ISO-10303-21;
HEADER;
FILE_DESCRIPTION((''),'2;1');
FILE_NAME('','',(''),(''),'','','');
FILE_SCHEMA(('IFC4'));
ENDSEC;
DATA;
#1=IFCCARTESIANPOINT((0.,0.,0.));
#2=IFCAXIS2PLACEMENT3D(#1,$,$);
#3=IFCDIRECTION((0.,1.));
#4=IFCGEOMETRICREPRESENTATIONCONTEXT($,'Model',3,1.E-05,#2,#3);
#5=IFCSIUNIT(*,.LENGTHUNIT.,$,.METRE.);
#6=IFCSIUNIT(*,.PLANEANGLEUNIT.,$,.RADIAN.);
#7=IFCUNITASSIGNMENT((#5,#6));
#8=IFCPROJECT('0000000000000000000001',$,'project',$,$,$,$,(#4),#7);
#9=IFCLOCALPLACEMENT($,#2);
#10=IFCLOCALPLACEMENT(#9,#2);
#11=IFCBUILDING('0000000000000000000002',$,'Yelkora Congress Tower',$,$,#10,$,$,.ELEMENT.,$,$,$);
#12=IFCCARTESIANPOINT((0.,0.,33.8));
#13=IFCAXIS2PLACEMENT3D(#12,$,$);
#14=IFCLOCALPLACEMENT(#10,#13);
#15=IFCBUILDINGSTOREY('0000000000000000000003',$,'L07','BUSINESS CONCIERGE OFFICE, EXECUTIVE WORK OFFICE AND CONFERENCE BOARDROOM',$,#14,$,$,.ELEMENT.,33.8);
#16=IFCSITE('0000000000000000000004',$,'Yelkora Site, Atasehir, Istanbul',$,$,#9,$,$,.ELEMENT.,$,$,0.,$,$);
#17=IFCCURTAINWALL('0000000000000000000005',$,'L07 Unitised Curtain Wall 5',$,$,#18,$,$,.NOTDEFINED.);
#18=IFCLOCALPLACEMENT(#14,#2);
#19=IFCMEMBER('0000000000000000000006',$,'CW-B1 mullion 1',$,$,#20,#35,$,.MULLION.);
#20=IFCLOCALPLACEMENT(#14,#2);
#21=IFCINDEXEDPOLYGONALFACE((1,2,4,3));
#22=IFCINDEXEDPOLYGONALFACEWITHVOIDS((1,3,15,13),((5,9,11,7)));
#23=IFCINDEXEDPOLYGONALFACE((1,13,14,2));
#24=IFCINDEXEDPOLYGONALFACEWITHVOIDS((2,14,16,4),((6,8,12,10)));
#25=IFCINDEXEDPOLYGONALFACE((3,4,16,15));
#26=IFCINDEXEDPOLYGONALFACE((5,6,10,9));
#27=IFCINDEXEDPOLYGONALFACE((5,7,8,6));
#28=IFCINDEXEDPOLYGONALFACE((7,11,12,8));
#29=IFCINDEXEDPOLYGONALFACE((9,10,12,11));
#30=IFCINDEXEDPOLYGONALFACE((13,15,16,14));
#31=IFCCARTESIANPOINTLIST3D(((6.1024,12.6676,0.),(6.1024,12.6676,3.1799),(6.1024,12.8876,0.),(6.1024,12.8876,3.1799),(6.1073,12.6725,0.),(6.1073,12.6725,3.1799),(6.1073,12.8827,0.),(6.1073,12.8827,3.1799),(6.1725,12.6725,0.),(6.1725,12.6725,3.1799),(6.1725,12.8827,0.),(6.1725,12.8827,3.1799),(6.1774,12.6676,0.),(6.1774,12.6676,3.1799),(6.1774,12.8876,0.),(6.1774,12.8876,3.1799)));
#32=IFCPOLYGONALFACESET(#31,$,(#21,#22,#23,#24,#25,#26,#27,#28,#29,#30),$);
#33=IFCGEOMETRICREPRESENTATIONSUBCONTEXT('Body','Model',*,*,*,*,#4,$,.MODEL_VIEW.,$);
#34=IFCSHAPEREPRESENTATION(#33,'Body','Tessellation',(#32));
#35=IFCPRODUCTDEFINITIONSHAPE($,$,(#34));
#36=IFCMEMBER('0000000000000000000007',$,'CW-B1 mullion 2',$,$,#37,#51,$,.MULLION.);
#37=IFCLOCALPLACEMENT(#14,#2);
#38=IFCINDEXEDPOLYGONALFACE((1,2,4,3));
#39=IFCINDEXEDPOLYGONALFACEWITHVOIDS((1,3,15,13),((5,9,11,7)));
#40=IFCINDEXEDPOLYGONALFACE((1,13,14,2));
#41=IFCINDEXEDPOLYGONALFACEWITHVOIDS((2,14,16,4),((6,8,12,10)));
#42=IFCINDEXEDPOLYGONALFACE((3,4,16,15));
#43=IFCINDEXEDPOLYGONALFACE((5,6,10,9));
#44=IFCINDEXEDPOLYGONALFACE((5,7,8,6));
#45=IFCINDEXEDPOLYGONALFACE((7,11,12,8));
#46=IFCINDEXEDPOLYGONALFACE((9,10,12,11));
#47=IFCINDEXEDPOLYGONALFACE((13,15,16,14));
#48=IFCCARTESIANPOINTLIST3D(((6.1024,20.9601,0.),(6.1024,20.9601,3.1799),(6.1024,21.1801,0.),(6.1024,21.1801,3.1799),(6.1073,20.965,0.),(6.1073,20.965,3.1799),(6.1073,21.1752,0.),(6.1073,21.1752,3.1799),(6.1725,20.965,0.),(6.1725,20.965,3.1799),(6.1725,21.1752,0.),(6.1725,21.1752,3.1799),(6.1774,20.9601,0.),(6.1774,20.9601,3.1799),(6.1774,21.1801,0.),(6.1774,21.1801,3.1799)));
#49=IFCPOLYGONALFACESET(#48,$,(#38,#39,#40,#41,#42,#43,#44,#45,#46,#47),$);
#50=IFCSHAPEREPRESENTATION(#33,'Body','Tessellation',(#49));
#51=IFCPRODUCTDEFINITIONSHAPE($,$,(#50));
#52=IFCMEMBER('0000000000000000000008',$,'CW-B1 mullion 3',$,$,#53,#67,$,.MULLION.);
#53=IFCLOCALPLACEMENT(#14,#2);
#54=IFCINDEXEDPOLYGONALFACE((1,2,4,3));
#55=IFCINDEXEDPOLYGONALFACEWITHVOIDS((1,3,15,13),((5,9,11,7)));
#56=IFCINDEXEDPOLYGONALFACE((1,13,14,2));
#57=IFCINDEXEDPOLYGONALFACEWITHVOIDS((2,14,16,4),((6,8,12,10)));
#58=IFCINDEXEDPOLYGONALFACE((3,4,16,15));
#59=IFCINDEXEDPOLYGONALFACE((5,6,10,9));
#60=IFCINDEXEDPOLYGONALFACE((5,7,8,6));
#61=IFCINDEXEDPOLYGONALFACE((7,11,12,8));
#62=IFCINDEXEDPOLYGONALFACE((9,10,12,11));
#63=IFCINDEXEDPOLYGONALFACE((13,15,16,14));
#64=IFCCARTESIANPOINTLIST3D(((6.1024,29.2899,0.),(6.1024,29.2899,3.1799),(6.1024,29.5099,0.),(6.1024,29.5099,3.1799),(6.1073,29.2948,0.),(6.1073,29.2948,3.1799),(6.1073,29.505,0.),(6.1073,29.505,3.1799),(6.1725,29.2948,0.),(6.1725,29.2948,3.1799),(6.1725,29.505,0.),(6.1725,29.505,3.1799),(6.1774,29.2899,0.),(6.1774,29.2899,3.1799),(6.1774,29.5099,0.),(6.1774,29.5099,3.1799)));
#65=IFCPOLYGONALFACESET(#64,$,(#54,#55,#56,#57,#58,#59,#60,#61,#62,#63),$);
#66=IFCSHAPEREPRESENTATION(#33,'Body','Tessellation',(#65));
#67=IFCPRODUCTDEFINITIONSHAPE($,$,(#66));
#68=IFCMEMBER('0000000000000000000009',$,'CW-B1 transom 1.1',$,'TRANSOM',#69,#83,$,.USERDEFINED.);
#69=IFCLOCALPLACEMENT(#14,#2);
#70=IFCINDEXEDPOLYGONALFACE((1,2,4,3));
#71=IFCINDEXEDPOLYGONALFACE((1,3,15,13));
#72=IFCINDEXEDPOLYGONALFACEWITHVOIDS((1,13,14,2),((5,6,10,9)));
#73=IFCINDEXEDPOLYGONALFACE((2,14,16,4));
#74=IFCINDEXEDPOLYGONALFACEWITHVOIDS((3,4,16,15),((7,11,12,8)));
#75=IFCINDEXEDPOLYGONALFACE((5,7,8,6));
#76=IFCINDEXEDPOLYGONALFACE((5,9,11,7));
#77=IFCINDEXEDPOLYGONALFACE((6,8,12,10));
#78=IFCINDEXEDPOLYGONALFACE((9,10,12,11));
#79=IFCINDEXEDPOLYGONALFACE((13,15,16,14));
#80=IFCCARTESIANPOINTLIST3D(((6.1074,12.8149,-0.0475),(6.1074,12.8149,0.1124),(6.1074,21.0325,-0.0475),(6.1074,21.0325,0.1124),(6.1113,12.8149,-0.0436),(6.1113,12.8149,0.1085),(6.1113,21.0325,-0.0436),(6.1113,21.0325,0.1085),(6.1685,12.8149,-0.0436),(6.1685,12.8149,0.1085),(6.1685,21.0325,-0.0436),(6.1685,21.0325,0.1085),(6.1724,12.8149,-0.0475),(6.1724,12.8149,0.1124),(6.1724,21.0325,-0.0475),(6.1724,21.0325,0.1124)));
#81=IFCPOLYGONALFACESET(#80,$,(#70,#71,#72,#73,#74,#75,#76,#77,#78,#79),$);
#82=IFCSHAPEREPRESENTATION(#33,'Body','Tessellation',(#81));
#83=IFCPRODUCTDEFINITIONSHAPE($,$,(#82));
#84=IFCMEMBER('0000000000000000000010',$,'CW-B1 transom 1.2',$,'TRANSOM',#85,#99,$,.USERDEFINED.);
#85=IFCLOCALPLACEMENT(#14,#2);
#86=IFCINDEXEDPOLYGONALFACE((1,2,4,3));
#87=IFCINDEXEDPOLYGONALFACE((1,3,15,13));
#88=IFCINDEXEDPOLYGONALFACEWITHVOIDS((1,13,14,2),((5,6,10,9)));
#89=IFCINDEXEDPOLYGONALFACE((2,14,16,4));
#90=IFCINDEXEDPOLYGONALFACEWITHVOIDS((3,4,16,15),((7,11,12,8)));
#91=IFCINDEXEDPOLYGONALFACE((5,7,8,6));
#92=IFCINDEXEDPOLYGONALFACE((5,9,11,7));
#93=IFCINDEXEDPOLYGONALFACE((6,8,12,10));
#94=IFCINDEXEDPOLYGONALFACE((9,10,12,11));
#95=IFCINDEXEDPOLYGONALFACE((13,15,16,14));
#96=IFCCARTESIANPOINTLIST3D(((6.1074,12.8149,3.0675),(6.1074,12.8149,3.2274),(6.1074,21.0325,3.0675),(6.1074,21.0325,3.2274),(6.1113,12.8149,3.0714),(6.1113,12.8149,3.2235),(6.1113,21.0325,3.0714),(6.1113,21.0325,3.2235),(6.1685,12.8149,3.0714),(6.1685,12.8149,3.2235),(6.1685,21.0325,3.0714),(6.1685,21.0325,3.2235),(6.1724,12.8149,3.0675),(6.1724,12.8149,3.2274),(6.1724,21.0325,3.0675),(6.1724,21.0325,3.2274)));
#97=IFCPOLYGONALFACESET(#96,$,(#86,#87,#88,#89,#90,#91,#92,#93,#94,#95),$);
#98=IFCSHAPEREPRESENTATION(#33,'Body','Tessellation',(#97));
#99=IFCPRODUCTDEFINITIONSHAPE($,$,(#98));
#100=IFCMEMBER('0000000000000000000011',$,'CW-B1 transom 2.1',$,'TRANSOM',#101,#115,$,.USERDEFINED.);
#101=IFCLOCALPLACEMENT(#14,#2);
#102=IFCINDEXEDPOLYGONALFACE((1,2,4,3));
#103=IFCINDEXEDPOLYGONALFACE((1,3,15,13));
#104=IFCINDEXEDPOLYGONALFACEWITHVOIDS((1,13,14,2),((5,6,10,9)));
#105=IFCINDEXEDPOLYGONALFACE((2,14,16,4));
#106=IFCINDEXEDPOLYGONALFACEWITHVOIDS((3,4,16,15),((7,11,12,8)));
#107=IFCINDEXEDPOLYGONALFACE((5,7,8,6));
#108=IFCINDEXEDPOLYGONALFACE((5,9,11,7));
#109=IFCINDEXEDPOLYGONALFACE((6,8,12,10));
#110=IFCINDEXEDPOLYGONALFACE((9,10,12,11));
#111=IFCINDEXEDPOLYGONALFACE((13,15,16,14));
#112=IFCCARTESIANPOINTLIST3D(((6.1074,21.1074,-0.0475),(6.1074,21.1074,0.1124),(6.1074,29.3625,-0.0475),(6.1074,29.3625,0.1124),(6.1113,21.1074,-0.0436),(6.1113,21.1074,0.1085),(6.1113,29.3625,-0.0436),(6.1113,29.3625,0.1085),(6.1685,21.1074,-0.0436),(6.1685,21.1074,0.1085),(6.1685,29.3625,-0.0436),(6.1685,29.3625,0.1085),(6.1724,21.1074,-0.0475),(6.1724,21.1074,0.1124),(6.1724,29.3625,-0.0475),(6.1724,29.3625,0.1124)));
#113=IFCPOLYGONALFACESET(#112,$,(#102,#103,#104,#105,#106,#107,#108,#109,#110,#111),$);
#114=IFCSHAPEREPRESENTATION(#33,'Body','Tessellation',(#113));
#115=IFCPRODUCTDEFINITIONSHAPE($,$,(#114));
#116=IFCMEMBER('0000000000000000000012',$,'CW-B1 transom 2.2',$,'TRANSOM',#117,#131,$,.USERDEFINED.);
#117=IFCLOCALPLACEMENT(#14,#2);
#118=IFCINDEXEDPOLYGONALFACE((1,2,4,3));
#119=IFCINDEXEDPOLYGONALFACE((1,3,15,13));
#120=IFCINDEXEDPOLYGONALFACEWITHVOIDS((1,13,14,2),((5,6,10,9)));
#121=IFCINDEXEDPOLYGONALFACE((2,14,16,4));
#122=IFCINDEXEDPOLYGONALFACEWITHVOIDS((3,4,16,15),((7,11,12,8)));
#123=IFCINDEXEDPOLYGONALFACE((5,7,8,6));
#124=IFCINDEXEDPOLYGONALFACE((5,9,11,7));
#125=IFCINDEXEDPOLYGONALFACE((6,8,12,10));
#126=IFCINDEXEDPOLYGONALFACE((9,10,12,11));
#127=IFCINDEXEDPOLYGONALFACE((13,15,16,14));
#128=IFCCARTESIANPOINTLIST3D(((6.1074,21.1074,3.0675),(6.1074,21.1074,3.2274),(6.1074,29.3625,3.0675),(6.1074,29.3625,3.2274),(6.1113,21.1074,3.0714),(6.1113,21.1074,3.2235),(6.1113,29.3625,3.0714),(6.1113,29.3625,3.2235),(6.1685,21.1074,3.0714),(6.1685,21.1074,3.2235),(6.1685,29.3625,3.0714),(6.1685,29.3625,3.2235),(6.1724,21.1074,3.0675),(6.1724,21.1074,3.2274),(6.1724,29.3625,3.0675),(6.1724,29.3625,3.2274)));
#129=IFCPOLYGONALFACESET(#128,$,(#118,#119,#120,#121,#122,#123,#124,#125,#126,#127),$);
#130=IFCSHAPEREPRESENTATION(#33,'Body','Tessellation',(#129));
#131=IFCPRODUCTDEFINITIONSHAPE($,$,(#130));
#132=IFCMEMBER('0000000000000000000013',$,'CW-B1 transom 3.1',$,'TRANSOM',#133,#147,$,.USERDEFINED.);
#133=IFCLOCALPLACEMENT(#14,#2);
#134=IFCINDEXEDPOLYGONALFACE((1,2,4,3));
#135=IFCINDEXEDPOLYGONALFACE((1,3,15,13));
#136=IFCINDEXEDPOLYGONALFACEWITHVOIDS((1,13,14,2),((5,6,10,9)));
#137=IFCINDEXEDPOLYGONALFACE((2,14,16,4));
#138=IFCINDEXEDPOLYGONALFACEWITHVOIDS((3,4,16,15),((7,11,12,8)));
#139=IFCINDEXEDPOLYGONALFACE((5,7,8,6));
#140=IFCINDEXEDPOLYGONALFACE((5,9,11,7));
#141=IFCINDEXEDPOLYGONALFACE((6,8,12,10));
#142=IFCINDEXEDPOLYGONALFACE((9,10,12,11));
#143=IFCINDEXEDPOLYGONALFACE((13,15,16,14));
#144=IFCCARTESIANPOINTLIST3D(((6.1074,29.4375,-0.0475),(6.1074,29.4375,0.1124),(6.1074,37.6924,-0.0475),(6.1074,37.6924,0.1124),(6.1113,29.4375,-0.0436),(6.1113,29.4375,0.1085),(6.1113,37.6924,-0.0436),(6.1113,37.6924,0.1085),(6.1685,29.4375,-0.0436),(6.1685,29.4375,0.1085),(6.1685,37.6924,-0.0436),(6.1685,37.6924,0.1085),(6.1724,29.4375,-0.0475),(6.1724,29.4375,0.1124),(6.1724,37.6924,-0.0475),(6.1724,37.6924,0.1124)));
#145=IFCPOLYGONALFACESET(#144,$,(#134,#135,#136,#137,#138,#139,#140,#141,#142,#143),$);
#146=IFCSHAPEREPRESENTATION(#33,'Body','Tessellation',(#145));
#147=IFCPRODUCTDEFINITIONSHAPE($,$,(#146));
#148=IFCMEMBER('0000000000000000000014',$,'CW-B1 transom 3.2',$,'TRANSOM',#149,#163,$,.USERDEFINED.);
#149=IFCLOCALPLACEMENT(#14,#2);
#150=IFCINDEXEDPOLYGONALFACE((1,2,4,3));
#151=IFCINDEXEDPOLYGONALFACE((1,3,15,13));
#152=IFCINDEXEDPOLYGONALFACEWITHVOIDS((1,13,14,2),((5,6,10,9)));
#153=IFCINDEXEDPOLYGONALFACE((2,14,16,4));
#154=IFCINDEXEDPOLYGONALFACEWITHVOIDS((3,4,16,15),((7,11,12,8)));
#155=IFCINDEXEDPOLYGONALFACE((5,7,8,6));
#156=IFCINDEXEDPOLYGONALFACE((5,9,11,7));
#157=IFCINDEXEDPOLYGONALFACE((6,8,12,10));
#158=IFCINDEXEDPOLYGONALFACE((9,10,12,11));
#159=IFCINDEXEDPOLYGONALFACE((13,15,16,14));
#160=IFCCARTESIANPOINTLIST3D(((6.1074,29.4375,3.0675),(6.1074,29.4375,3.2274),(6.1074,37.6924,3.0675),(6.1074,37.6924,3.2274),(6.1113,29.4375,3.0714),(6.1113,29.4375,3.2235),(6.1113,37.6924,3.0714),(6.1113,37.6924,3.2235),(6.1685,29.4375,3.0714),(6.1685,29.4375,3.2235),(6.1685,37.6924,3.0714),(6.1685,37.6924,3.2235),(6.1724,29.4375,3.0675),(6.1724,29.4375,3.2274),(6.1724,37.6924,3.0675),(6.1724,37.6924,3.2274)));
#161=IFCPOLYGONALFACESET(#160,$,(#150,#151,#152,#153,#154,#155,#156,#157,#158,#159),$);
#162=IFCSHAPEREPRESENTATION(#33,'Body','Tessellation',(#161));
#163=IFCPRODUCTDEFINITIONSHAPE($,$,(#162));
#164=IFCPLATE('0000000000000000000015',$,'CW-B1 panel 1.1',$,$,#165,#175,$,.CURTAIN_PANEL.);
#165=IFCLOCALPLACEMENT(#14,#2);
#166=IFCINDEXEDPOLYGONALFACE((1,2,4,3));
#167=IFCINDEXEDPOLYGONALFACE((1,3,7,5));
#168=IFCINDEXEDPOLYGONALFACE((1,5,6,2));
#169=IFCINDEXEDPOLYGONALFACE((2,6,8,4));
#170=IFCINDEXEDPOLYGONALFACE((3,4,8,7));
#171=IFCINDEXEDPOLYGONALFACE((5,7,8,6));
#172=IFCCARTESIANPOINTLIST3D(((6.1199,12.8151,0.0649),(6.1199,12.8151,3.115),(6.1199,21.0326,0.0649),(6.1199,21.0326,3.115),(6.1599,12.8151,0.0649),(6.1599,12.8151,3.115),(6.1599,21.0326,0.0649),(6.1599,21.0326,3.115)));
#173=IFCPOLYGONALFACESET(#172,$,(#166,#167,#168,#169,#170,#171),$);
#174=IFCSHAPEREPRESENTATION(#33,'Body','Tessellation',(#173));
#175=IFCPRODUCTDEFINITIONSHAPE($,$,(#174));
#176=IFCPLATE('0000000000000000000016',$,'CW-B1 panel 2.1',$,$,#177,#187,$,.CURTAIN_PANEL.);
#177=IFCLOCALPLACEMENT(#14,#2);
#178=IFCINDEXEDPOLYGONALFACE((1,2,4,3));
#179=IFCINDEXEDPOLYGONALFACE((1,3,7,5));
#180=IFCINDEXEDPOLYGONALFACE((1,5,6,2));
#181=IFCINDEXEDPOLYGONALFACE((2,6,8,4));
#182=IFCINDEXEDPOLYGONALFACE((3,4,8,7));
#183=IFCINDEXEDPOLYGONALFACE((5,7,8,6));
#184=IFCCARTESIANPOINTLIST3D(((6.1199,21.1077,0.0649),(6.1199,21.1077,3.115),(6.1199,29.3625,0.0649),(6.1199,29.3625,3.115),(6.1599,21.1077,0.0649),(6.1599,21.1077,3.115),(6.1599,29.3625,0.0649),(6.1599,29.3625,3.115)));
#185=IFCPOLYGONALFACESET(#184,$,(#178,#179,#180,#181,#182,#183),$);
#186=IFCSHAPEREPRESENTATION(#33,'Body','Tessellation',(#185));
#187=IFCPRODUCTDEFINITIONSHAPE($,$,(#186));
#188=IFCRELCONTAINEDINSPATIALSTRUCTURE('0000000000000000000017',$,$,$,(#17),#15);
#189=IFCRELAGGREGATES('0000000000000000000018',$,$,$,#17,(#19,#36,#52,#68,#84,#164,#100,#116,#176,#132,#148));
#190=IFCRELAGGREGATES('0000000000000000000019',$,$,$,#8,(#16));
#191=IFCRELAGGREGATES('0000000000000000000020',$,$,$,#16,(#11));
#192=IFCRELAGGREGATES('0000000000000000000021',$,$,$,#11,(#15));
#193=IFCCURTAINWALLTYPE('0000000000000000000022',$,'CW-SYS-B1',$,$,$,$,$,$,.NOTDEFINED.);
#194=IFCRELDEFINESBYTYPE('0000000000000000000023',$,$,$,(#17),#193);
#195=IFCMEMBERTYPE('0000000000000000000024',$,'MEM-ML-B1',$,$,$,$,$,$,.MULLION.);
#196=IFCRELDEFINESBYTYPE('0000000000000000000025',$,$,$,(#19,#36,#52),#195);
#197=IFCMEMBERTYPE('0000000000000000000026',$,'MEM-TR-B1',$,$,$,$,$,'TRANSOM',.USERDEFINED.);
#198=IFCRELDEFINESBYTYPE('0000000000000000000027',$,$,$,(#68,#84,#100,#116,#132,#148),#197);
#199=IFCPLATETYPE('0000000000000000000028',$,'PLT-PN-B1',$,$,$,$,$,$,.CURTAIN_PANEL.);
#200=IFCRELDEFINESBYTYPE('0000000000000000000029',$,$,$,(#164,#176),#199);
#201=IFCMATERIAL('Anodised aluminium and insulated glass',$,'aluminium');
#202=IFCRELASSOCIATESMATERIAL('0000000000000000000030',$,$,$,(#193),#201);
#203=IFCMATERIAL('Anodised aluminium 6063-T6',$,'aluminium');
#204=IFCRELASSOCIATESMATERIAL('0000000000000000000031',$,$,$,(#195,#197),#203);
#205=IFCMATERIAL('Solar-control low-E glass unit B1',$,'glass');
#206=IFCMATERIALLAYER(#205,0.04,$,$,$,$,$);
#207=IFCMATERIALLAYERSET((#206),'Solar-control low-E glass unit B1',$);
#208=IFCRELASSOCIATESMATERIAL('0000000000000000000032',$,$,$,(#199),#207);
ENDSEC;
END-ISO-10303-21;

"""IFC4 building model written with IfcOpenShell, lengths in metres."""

from ifc_helpers import new_model, si_unit, direction, frame, origin, origin_2d, place, context, subcontext, project, spatial, rectangle, hollow_rectangle, extrude, material, layer, layer_set, material_profile, profile_set, type_object, element, aggregate, save


model = new_model("IFC4")

# Units and contexts
model_context = context("Model", 3, precision=1e-05, world=origin(), true_north=direction((0.0, 1.0)))
body_context = subcontext(model_context, "Body", "Model", "MODEL_VIEW")
ifc_project = project(units=[si_unit("LENGTHUNIT", "METRE"), si_unit("PLANEANGLEUNIT", "RADIAN")], contexts=[model_context])

# Site, building, storey
site_placement = place(None, origin())
site = spatial("IfcSite", under=ifc_project, at=site_placement, Name="Yelkora Site, Atasehir, Istanbul", CompositionType="ELEMENT", RefElevation=0.0)
building_placement = place(site_placement, origin())
building = spatial("IfcBuilding", under=site, at=building_placement, Name="Yelkora Congress Tower", CompositionType="ELEMENT")
storey_placement = place(building_placement, frame((0.0, 0.0, 33.8)))
storey = spatial("IfcBuildingStorey", under=building, at=storey_placement, Name="L07", Description="BUSINESS CONCIERGE OFFICE, EXECUTIVE WORK OFFICE AND CONFERENCE BOARDROOM", CompositionType="ELEMENT", Elevation=33.8)

# Curtain wall, members, plates
ifc_material_1 = material(Name="Anodised aluminium and insulated glass", Category="aluminium")
curtain_wall_type = type_object("IfcCurtainWallType", Name="CW-SYS-B1", PredefinedType="NOTDEFINED", material=ifc_material_1)
curtain_wall_placement = place(storey_placement, origin())
curtain_wall = element("IfcCurtainWall", 1, at=curtain_wall_placement, inside=storey, type_object=curtain_wall_type, Name="L07 Unitised Curtain Wall 5", PredefinedType="NOTDEFINED")
ifc_material_2 = material(Name="Anodised aluminium 6063-T6", Category="aluminium")
ifc_material_profile_1 = material_profile(ifc_material_2, hollow_rectangle(XDim=0.075, YDim=0.22, WallThickness=0.0049, at=origin_2d()), Name="ALU 75x220x5")
ifc_profile_set_1 = profile_set([ifc_material_profile_1], Name="Anodised aluminium 6063-T6")
member_type_1 = type_object("IfcMemberType", Name="MEM-ML-B1", PredefinedType="MULLION", material=ifc_profile_set_1)
member_1_placement = place(storey_placement, frame((6.1399, 12.7776, 0.0), z_axis=(0.0, 0.0, 1.0), x_axis=(-1.0, 0.0, 0.0)))
member_1 = element("IfcMember", 2, at=member_1_placement, type_object=member_type_1, Name="CW-B1 mullion 1", PredefinedType="MULLION", context=body_context, shape_type="SweptSolid", body=[
    extrude(hollow_rectangle(XDim=0.075, YDim=0.22, WallThickness=0.0049, at=origin_2d()), origin(), (0.0, 0.0, 1.0), 3.1799),
])
member_2_placement = place(storey_placement, frame((6.1399, 21.0701, 0.0), z_axis=(0.0, 0.0, 1.0), x_axis=(-1.0, 0.0, 0.0)))
member_2 = element("IfcMember", 3, at=member_2_placement, type_object=member_type_1, Name="CW-B1 mullion 2", PredefinedType="MULLION", context=body_context, shape_type="SweptSolid", body=[
    extrude(hollow_rectangle(XDim=0.075, YDim=0.22, WallThickness=0.0049, at=origin_2d()), origin(), (0.0, 0.0, 1.0), 3.1799),
])
member_3_placement = place(storey_placement, frame((6.1399, 29.3999, 0.0), z_axis=(0.0, 0.0, 1.0), x_axis=(-1.0, 0.0, 0.0)))
member_3 = element("IfcMember", 4, at=member_3_placement, type_object=member_type_1, Name="CW-B1 mullion 3", PredefinedType="MULLION", context=body_context, shape_type="SweptSolid", body=[
    extrude(hollow_rectangle(XDim=0.075, YDim=0.22, WallThickness=0.0049, at=origin_2d()), origin(), (0.0, 0.0, 1.0), 3.1799),
])
ifc_material_profile_2 = material_profile(ifc_material_2, hollow_rectangle(XDim=0.0649, YDim=0.1599, WallThickness=0.0039, at=origin_2d()), Name="ALU 65x160x4")
ifc_profile_set_2 = profile_set([ifc_material_profile_2], Name="Anodised aluminium 6063-T6")
member_type_2 = type_object("IfcMemberType", Name="MEM-TR-B1", ElementType="TRANSOM", PredefinedType="USERDEFINED", material=ifc_profile_set_2)
member_4_placement = place(storey_placement, frame((6.1399, 12.8149, 0.0325), z_axis=(0.0, 1.0, 0.0), x_axis=(-1.0, 0.0, 0.0)))
member_4 = element("IfcMember", 5, at=member_4_placement, type_object=member_type_2, Name="CW-B1 transom 1.1", ObjectType="TRANSOM", PredefinedType="USERDEFINED", context=body_context, shape_type="SweptSolid", body=[
    extrude(hollow_rectangle(XDim=0.0649, YDim=0.1599, WallThickness=0.0039, at=origin_2d()), origin(), (0.0, 0.0, 1.0), 8.2175),
])
member_5_placement = place(storey_placement, frame((6.1399, 12.8149, 3.1475), z_axis=(0.0, 1.0, 0.0), x_axis=(-1.0, 0.0, 0.0)))
member_5 = element("IfcMember", 6, at=member_5_placement, type_object=member_type_2, Name="CW-B1 transom 1.2", ObjectType="TRANSOM", PredefinedType="USERDEFINED", context=body_context, shape_type="SweptSolid", body=[
    extrude(hollow_rectangle(XDim=0.0649, YDim=0.1599, WallThickness=0.0039, at=origin_2d()), origin(), (0.0, 0.0, 1.0), 8.2175),
])
member_6_placement = place(storey_placement, frame((6.1399, 21.1074, 0.0325), z_axis=(0.0, 1.0, 0.0), x_axis=(-1.0, 0.0, 0.0)))
member_6 = element("IfcMember", 7, at=member_6_placement, type_object=member_type_2, Name="CW-B1 transom 2.1", ObjectType="TRANSOM", PredefinedType="USERDEFINED", context=body_context, shape_type="SweptSolid", body=[
    extrude(hollow_rectangle(XDim=0.0649, YDim=0.1599, WallThickness=0.0039, at=origin_2d()), origin(), (0.0, 0.0, 1.0), 8.2551),
])
member_7_placement = place(storey_placement, frame((6.1399, 21.1074, 3.1475), z_axis=(0.0, 1.0, 0.0), x_axis=(-1.0, 0.0, 0.0)))
member_7 = element("IfcMember", 8, at=member_7_placement, type_object=member_type_2, Name="CW-B1 transom 2.2", ObjectType="TRANSOM", PredefinedType="USERDEFINED", context=body_context, shape_type="SweptSolid", body=[
    extrude(hollow_rectangle(XDim=0.0649, YDim=0.1599, WallThickness=0.0039, at=origin_2d()), origin(), (0.0, 0.0, 1.0), 8.2551),
])
member_8_placement = place(storey_placement, frame((6.1399, 29.4375, 0.0325), z_axis=(0.0, 1.0, 0.0), x_axis=(-1.0, 0.0, 0.0)))
member_8 = element("IfcMember", 9, at=member_8_placement, type_object=member_type_2, Name="CW-B1 transom 3.1", ObjectType="TRANSOM", PredefinedType="USERDEFINED", context=body_context, shape_type="SweptSolid", body=[
    extrude(hollow_rectangle(XDim=0.0649, YDim=0.1599, WallThickness=0.0039, at=origin_2d()), origin(), (0.0, 0.0, 1.0), 8.2549),
])
member_9_placement = place(storey_placement, frame((6.1399, 29.4375, 3.1475), z_axis=(0.0, 1.0, 0.0), x_axis=(-1.0, 0.0, 0.0)))
member_9 = element("IfcMember", 10, at=member_9_placement, type_object=member_type_2, Name="CW-B1 transom 3.2", ObjectType="TRANSOM", PredefinedType="USERDEFINED", context=body_context, shape_type="SweptSolid", body=[
    extrude(hollow_rectangle(XDim=0.0649, YDim=0.1599, WallThickness=0.0039, at=origin_2d()), origin(), (0.0, 0.0, 1.0), 8.2549),
])
ifc_material_3 = material(Name="Solar-control low-E glass unit B1", Category="glass")
ifc_layer_1 = layer(ifc_material_3, 0.04)
ifc_layer_set_1 = layer_set([ifc_layer_1], Name="Solar-control low-E glass unit B1")
plate_type = type_object("IfcPlateType", Name="PLT-PN-B1", PredefinedType="CURTAIN_PANEL", material=ifc_layer_set_1)
plate_1_placement = place(storey_placement, frame((6.1399, 16.9238, 0.0649), z_axis=(0.0, 0.0, 1.0), x_axis=(0.0, 1.0, 0.0)))
plate_1 = element("IfcPlate", 11, at=plate_1_placement, type_object=plate_type, Name="CW-B1 panel 1.1", PredefinedType="CURTAIN_PANEL", context=body_context, shape_type="SweptSolid", body=[
    extrude(rectangle(XDim=8.2175, YDim=0.04, at=origin_2d()), origin(), (0.0, 0.0, 1.0), 3.05),
])
plate_2_placement = place(storey_placement, frame((6.1399, 25.2351, 0.0649), z_axis=(0.0, 0.0, 1.0), x_axis=(0.0, 1.0, 0.0)))
plate_2 = element("IfcPlate", 12, at=plate_2_placement, type_object=plate_type, Name="CW-B1 panel 2.1", PredefinedType="CURTAIN_PANEL", context=body_context, shape_type="SweptSolid", body=[
    extrude(rectangle(XDim=8.2549, YDim=0.04, at=origin_2d()), origin(), (0.0, 0.0, 1.0), 3.05),
])
aggregate(curtain_wall, [member_1, member_2, member_3, member_4, member_5, plate_1, member_6, member_7, plate_2, member_8, member_9])

save(model, "model.ifc")
